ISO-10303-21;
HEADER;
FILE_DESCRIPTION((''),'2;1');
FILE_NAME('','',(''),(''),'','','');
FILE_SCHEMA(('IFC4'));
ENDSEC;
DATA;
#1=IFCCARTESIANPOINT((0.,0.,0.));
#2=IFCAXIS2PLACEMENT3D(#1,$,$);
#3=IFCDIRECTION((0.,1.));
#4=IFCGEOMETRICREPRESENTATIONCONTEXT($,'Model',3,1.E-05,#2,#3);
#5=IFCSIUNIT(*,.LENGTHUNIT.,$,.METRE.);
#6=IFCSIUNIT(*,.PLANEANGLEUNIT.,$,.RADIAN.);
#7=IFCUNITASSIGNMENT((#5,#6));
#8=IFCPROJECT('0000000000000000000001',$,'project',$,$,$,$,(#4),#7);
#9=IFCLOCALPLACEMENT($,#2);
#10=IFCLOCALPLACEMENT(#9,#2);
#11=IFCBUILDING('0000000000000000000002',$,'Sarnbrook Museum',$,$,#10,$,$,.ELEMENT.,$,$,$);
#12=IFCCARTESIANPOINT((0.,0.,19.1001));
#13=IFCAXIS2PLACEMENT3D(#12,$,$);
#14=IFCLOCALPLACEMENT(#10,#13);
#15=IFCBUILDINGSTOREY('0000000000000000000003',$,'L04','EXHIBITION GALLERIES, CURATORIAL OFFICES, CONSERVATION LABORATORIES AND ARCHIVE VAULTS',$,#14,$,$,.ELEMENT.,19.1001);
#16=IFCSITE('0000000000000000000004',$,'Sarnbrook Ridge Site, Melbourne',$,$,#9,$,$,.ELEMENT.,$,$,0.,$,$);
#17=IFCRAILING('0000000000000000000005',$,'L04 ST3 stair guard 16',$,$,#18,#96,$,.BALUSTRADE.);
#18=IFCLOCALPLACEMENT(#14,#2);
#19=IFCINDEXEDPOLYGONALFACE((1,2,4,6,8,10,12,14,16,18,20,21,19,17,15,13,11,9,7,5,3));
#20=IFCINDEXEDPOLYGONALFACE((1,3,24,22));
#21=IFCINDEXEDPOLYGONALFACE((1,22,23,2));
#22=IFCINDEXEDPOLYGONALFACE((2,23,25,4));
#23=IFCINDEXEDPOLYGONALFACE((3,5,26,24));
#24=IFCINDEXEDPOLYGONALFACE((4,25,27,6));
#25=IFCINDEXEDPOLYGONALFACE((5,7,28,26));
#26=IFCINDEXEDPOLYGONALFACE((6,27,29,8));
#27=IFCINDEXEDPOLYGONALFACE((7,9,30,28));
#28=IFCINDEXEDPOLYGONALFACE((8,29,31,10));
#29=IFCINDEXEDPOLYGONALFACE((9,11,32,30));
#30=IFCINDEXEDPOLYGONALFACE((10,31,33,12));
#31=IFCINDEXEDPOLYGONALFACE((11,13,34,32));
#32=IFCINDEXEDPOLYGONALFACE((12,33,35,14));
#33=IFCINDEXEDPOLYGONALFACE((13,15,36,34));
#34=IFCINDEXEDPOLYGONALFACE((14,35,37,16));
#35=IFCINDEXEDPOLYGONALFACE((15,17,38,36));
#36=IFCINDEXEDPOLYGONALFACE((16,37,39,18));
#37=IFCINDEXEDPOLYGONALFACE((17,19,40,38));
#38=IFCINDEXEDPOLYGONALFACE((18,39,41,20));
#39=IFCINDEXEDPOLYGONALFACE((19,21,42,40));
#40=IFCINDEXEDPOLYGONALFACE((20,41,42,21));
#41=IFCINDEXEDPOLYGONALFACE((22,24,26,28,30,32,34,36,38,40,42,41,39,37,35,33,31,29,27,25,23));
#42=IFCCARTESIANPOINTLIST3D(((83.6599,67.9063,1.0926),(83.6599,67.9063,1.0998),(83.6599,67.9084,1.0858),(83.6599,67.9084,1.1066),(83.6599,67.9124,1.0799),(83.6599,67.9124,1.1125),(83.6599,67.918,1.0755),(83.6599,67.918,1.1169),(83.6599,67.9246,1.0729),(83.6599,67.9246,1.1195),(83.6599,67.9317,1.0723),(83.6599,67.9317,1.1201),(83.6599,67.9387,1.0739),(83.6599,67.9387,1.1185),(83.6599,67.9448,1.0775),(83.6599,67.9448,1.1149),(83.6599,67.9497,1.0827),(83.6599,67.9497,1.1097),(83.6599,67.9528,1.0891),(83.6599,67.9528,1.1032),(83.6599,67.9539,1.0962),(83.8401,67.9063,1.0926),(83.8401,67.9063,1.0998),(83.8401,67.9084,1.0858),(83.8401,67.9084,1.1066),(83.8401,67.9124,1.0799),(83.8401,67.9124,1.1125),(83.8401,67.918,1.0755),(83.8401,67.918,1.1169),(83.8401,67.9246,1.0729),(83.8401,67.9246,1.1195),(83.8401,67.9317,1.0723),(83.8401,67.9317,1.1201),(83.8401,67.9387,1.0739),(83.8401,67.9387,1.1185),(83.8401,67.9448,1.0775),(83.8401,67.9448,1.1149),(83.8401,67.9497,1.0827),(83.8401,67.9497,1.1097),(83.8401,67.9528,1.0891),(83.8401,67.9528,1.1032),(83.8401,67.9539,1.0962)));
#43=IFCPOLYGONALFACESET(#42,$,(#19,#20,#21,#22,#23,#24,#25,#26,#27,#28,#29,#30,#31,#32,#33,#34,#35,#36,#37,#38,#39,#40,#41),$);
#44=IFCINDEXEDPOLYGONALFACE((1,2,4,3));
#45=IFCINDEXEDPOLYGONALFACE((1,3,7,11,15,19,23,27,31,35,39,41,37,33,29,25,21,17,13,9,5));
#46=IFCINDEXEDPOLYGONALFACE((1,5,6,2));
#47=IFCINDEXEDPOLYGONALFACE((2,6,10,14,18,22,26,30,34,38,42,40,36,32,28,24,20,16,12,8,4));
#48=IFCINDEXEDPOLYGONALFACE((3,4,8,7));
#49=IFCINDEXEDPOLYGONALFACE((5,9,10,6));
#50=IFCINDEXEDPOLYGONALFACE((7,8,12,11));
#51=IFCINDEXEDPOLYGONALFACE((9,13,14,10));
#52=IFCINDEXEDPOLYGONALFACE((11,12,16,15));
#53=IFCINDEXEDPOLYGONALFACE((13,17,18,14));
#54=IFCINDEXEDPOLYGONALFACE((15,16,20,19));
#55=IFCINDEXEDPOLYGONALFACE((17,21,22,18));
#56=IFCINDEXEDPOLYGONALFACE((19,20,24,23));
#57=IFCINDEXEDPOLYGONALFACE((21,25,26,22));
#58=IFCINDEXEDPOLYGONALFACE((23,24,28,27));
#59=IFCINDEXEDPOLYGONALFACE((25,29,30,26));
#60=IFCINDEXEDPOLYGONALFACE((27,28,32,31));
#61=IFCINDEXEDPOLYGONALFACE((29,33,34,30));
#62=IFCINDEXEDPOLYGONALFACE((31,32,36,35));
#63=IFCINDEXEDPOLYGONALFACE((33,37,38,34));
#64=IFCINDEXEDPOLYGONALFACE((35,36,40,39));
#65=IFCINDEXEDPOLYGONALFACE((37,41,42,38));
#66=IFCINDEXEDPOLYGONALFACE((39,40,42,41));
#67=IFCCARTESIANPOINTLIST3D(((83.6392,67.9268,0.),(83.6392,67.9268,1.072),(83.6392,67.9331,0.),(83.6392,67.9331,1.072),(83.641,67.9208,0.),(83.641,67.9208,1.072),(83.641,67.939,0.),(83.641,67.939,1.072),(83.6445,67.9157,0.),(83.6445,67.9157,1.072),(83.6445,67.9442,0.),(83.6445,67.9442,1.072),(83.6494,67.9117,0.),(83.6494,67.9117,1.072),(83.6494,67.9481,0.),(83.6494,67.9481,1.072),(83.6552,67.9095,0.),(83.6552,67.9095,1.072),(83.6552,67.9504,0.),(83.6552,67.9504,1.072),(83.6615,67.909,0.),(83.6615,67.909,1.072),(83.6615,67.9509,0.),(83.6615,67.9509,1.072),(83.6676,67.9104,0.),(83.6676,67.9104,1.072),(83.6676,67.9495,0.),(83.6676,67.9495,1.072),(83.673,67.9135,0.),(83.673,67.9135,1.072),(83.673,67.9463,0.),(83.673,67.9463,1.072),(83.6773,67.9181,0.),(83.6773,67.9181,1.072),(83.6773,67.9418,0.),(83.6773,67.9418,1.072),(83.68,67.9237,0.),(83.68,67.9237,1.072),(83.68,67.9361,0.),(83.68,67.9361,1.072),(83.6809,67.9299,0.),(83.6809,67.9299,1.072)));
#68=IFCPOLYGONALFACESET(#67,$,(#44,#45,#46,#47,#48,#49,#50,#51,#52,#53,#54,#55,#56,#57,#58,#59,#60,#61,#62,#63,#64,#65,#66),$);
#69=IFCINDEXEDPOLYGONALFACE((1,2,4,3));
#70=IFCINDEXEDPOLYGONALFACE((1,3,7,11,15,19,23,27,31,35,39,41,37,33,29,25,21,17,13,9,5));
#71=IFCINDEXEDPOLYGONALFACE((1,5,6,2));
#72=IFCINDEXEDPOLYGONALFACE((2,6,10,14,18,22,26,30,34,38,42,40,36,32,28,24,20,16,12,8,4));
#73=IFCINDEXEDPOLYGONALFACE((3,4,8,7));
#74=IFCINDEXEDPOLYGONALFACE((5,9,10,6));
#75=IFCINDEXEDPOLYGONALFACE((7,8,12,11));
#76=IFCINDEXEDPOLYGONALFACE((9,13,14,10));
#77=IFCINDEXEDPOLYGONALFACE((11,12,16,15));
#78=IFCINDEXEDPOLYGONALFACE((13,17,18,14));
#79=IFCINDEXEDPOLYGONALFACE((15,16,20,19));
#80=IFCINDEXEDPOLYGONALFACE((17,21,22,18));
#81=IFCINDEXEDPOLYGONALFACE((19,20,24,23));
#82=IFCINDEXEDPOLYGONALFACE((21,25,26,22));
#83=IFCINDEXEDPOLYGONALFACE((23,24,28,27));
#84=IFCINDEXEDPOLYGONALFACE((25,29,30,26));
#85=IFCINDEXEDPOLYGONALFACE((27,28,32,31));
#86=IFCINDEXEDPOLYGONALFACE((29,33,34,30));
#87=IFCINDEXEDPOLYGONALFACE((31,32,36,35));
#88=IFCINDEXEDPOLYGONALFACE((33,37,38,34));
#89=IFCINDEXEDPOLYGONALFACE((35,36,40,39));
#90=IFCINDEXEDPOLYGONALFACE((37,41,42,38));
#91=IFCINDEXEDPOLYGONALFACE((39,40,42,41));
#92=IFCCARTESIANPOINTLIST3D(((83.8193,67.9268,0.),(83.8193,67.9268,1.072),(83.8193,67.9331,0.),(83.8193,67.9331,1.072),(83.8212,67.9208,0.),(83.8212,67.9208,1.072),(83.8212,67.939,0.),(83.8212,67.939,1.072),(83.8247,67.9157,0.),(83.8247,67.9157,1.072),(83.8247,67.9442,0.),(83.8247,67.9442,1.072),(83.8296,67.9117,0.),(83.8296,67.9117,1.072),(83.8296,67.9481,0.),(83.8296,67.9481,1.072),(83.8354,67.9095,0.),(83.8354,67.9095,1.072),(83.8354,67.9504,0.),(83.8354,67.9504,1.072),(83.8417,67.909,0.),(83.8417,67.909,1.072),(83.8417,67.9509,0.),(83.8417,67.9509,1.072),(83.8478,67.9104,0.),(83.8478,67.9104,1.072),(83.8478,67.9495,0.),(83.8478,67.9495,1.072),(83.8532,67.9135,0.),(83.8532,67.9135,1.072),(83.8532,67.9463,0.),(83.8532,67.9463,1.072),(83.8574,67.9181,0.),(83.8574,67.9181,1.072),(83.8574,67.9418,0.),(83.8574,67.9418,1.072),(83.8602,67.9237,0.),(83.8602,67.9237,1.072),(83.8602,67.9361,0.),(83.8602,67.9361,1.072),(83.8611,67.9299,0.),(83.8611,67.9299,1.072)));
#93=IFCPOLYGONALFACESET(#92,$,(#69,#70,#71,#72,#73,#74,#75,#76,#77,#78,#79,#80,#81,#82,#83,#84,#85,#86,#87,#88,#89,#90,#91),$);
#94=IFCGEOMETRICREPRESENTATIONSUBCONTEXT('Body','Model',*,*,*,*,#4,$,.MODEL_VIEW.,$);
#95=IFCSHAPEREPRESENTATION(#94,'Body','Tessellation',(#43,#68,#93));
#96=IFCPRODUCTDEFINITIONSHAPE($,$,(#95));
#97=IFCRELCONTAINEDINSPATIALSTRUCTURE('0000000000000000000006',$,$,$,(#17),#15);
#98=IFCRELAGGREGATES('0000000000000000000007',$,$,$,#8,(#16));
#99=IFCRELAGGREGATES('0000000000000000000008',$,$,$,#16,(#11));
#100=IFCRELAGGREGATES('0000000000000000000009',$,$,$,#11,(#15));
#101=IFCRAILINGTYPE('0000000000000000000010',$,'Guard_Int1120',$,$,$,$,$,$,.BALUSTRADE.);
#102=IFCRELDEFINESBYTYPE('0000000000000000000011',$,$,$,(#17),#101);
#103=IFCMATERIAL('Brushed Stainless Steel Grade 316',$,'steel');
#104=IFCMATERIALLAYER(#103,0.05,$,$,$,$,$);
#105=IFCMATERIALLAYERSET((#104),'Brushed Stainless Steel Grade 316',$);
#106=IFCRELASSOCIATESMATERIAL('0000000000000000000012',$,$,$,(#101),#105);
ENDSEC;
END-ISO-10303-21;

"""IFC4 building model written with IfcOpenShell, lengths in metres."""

from ifc_helpers import new_model, si_unit, direction, frame, origin, origin_2d, place, context, subcontext, project, spatial, circle, extrude, material, layer, layer_set, type_object, element, save


model = new_model("IFC4")

# Units and contexts
model_context = context("Model", 3, precision=1e-05, world=origin(), true_north=direction((0.0, 1.0)))
body_context = subcontext(model_context, "Body", "Model", "MODEL_VIEW")
ifc_project = project(units=[si_unit("LENGTHUNIT", "METRE"), si_unit("PLANEANGLEUNIT", "RADIAN")], contexts=[model_context])

# Site, building, storey
site_placement = place(None, origin())
site = spatial("IfcSite", under=ifc_project, at=site_placement, Name="Sarnbrook Ridge Site, Melbourne", CompositionType="ELEMENT", RefElevation=0.0)
building_placement = place(site_placement, origin())
building = spatial("IfcBuilding", under=site, at=building_placement, Name="Sarnbrook Museum", CompositionType="ELEMENT")
storey_placement = place(building_placement, frame((0.0, 0.0, 19.1001)))
storey = spatial("IfcBuildingStorey", under=building, at=storey_placement, Name="L04", Description="EXHIBITION GALLERIES, CURATORIAL OFFICES, CONSERVATION LABORATORIES AND ARCHIVE VAULTS", CompositionType="ELEMENT", Elevation=19.1001)

# Shared definitions
ifc_material_1 = material(Name="Brushed Stainless Steel Grade 316", Category="steel")

# Railing
ifc_layer_1 = layer(ifc_material_1, 0.05)
ifc_layer_set_1 = layer_set([ifc_layer_1], Name="Brushed Stainless Steel Grade 316")
railing_type_1 = type_object("IfcRailingType", Name="Guard_Int1120", PredefinedType="BALUSTRADE", material=ifc_layer_set_1)
railing_1_placement = place(storey_placement, frame((83.6599, 67.9299, 0.0)))
element("IfcRailing", 1, at=railing_1_placement, inside=storey, type_object=railing_type_1, Name="L04 ST3 stair guard 16", PredefinedType="BALUSTRADE", context=body_context, shape_type="SweptSolid", body=[
    extrude(circle(Radius=0.0239, at=origin_2d()), frame((0.0, 0.0, 1.0962), z_axis=(1.0, 0.0, 0.0), x_axis=(0.0, 1.0, 0.0)), (0.0, 0.0, 1.0), 0.1802),
    extrude(circle(Radius=0.021, at=origin_2d()), origin(), (0.0, 0.0, 1.0), 1.072),
    extrude(circle(Radius=0.021, at=origin_2d()), frame((0.1802, 0.0, 0.0)), (0.0, 0.0, 1.0), 1.072),
])

save(model, "model.ifc")
